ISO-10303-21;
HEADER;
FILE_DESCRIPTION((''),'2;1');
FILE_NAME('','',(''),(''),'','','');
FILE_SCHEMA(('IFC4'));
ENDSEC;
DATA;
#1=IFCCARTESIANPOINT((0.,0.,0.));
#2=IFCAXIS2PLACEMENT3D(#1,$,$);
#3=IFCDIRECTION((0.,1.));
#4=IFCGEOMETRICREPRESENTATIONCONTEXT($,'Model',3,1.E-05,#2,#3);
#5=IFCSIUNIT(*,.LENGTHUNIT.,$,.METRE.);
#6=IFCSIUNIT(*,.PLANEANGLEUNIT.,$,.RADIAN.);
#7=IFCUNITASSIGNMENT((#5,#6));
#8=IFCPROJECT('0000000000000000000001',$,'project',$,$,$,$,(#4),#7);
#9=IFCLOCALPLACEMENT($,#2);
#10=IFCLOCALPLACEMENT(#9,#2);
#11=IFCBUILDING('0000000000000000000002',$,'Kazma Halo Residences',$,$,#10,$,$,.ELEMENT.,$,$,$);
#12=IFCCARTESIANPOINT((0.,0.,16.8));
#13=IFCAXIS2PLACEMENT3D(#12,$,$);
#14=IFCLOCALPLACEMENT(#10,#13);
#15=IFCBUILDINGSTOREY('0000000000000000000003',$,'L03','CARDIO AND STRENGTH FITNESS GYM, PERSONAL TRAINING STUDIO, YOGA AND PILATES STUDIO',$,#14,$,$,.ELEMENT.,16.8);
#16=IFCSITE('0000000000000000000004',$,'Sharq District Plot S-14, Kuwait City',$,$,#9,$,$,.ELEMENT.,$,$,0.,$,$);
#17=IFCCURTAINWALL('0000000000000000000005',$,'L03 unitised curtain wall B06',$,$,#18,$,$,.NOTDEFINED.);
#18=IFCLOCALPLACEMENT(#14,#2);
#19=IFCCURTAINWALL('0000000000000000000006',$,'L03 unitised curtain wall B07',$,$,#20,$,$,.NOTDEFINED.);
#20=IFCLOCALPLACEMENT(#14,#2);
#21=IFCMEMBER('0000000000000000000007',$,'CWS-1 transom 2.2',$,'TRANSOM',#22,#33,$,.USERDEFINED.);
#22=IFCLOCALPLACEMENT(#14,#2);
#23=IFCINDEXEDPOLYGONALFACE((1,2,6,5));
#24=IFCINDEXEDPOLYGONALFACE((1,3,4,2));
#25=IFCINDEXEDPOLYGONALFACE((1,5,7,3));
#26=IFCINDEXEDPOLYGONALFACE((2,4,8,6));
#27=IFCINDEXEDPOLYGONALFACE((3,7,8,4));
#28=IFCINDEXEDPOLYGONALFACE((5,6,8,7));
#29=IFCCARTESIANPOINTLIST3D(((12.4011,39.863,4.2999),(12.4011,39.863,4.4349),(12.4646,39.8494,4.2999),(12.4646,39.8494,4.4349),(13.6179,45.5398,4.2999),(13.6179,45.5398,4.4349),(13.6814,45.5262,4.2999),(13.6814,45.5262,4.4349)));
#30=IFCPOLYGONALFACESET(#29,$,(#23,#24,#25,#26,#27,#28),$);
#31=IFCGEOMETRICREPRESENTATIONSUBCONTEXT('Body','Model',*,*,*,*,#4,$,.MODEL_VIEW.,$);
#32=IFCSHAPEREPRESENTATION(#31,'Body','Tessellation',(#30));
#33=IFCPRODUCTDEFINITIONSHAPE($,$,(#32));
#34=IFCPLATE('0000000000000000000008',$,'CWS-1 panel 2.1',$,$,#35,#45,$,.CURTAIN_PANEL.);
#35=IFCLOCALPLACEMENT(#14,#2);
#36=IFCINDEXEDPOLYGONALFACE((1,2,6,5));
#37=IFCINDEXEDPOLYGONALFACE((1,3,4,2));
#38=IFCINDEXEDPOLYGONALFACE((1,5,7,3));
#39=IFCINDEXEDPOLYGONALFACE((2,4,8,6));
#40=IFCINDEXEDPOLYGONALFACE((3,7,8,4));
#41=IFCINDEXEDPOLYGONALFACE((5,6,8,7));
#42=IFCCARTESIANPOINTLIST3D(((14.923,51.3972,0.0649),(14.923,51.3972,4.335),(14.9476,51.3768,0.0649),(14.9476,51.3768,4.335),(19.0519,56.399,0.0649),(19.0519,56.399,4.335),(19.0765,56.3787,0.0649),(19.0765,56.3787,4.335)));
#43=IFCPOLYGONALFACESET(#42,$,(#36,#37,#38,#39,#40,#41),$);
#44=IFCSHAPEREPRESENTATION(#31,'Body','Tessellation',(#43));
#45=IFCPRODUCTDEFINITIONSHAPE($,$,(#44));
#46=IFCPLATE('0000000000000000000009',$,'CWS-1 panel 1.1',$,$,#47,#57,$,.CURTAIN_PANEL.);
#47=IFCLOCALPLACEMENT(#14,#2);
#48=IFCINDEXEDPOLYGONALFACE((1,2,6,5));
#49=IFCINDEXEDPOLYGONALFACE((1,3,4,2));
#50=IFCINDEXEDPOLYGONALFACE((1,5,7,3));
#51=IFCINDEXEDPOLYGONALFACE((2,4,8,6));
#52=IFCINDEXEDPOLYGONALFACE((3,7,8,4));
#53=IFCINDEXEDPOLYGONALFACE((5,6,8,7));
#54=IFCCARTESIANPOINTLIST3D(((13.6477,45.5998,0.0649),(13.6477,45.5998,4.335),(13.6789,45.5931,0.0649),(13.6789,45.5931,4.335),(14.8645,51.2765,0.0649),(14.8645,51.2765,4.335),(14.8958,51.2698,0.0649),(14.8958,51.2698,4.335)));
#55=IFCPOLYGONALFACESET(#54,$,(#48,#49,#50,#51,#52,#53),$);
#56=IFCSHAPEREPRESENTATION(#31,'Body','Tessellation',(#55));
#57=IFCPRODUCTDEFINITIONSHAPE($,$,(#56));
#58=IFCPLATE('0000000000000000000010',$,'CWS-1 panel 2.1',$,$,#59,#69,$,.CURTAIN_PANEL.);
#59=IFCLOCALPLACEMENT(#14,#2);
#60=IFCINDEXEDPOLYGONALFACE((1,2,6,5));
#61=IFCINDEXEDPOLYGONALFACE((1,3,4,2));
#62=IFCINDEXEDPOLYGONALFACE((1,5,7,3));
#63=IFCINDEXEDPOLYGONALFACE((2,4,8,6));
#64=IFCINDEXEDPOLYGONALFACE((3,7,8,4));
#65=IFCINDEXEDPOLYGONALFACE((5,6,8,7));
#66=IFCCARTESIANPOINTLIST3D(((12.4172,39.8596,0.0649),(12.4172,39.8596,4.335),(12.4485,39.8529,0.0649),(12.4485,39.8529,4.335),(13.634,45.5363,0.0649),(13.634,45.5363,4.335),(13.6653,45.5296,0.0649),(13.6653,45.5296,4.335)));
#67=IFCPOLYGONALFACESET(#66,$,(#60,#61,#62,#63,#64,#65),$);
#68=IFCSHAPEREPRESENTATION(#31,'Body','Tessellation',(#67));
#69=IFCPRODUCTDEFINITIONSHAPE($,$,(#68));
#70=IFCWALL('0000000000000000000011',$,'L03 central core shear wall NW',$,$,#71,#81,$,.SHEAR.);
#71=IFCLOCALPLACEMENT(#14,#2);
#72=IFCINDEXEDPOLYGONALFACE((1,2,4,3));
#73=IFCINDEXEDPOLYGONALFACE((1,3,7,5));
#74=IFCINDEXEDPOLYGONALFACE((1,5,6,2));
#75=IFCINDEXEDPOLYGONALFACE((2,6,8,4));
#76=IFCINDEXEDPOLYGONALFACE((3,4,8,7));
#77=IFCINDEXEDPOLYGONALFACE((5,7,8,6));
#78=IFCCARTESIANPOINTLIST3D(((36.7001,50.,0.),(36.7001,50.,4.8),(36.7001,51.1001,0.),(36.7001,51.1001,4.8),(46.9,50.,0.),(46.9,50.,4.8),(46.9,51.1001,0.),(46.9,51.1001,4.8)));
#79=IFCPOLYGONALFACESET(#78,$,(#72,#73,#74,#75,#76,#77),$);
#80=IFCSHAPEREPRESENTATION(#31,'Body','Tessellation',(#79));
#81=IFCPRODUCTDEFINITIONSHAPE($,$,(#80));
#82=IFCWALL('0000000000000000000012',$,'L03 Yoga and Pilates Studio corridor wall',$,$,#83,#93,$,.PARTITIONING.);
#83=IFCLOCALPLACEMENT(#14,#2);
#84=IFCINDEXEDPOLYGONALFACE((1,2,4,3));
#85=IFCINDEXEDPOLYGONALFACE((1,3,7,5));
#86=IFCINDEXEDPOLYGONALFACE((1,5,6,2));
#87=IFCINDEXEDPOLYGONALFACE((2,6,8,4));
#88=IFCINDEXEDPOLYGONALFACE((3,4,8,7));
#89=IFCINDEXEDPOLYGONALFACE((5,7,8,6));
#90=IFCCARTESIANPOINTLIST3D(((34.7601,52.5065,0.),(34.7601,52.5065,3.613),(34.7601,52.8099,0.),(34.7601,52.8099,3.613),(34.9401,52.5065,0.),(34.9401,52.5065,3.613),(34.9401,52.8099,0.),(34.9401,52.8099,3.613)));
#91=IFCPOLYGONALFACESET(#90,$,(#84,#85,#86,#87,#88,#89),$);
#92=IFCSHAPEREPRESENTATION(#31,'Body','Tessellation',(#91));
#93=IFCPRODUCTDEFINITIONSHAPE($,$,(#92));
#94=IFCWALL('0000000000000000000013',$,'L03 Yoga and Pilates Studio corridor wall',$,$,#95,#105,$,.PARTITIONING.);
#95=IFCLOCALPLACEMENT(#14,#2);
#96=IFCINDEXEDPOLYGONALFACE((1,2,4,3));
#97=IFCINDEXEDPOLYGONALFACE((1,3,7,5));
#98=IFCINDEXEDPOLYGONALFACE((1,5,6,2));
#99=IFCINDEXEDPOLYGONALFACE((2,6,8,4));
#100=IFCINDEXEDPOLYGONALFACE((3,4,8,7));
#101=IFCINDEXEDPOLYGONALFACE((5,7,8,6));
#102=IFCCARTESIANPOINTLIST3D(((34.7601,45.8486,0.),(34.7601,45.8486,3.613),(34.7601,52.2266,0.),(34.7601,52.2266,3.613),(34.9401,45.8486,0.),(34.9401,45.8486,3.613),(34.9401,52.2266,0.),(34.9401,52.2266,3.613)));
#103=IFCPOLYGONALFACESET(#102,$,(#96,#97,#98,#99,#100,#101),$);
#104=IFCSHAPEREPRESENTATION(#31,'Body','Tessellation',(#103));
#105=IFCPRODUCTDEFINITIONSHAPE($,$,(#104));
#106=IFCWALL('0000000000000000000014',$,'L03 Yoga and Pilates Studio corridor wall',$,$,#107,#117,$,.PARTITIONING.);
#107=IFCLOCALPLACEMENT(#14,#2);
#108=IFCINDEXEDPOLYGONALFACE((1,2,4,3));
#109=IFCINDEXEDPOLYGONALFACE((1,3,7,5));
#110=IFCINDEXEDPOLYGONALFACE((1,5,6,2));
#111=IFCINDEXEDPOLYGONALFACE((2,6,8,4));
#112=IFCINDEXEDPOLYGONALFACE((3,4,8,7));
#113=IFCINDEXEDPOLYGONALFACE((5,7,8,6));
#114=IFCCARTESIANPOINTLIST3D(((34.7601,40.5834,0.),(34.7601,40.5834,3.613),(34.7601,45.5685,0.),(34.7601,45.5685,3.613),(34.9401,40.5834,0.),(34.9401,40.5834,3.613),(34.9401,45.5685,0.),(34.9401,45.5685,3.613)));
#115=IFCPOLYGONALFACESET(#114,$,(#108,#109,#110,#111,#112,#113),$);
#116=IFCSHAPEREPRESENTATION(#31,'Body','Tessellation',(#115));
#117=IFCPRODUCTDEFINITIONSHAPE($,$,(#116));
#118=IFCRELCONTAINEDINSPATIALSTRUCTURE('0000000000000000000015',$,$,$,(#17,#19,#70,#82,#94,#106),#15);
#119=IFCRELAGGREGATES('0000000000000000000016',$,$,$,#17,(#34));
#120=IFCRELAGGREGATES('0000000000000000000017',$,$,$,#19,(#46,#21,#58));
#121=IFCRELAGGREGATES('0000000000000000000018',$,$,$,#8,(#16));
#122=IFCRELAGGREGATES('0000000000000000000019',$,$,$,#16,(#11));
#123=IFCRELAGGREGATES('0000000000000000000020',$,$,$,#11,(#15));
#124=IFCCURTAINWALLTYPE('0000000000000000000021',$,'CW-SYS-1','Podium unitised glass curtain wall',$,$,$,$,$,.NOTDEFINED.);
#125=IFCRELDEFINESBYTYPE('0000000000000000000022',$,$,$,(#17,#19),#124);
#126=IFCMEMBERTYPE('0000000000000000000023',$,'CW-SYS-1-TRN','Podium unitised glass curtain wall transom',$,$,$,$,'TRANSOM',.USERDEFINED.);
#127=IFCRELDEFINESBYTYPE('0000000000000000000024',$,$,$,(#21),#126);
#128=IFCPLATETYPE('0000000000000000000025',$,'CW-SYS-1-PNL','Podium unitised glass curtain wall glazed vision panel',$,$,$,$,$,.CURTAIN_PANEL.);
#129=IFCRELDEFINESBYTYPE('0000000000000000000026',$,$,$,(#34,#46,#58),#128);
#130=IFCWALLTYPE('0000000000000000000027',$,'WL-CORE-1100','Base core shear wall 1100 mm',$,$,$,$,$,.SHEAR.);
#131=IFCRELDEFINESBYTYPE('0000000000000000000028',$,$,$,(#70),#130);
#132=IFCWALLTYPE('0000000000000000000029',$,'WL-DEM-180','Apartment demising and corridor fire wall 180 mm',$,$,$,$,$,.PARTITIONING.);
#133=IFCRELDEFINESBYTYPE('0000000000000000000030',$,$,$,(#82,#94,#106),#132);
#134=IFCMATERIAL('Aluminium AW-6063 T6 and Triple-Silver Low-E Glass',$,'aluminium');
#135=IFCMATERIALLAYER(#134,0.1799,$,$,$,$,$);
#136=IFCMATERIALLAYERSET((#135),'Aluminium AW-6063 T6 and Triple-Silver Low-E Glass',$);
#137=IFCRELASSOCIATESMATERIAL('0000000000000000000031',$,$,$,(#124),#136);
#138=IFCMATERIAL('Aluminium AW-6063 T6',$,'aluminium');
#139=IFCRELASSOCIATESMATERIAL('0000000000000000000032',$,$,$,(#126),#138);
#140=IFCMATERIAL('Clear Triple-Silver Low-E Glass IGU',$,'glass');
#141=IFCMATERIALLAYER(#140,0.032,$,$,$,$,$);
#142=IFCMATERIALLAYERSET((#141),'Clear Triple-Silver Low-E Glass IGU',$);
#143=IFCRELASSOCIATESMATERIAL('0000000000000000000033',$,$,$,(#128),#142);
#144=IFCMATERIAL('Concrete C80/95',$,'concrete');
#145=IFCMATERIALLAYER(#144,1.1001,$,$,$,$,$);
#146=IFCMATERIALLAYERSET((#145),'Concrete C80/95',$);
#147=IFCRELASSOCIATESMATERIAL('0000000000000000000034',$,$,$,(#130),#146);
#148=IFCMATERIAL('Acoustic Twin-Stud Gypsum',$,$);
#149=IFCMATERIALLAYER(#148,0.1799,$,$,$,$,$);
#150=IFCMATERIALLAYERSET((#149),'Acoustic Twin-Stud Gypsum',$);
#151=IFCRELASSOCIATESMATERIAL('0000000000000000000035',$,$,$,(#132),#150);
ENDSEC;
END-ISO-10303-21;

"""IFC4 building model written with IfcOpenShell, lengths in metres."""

from ifc_helpers import new_model, si_unit, direction, frame, frame_2d, origin, origin_2d, place, context, subcontext, project, spatial, rectangle, extrude, material, layer, layer_set, material_profile, profile_set, type_object, element, aggregate, save


model = new_model("IFC4")

# Units and contexts
model_context = context("Model", 3, precision=1e-05, world=origin(), true_north=direction((0.0, 1.0)))
body_context = subcontext(model_context, "Body", "Model", "MODEL_VIEW")
ifc_project = project(units=[si_unit("LENGTHUNIT", "METRE"), si_unit("PLANEANGLEUNIT", "RADIAN")], contexts=[model_context])

# Site, building, storey
site_placement = place(None, origin())
site = spatial("IfcSite", under=ifc_project, at=site_placement, Name="Sharq District Plot S-14, Kuwait City", CompositionType="ELEMENT", RefElevation=0.0)
building_placement = place(site_placement, origin())
building = spatial("IfcBuilding", under=site, at=building_placement, Name="Kazma Halo Residences", CompositionType="ELEMENT")
storey_placement = place(building_placement, frame((0.0, 0.0, 16.8)))
storey = spatial("IfcBuildingStorey", under=building, at=storey_placement, Name="L03", Description="CARDIO AND STRENGTH FITNESS GYM, PERSONAL TRAINING STUDIO, YOGA AND PILATES STUDIO", CompositionType="ELEMENT", Elevation=16.8)

# Shared definitions
ifc_material_1 = material(Name="Concrete C80/95", Category="concrete")

# Curtain wall
ifc_material_2 = material(Name="Aluminium AW-6063 T6 and Triple-Silver Low-E Glass", Category="aluminium")
ifc_layer_1 = layer(ifc_material_2, 0.1799)
ifc_layer_set_1 = layer_set([ifc_layer_1], Name="Aluminium AW-6063 T6 and Triple-Silver Low-E Glass")
curtain_wall_type = type_object("IfcCurtainWallType", Name="CW-SYS-1", Description="Podium unitised glass curtain wall", PredefinedType="NOTDEFINED", material=ifc_layer_set_1)
curtain_wall_1_placement = place(storey_placement, origin())
curtain_wall_1 = element("IfcCurtainWall", 1, at=curtain_wall_1_placement, inside=storey, type_object=curtain_wall_type, Name="L03 unitised curtain wall B06", PredefinedType="NOTDEFINED")
ifc_material_3 = material(Name="Aluminium AW-6063 T6", Category="aluminium")

# Curtain wall
curtain_wall_2_placement = place(storey_placement, origin())
curtain_wall_2 = element("IfcCurtainWall", 2, at=curtain_wall_2_placement, inside=storey, type_object=curtain_wall_type, Name="L03 unitised curtain wall B07", PredefinedType="NOTDEFINED")

# Member
ifc_material_profile_1 = material_profile(ifc_material_3, rectangle(XDim=0.0649, YDim=0.135, at=origin_2d()), Name="CWT-65x135")
ifc_profile_set_1 = profile_set([ifc_material_profile_1], Name="Aluminium AW-6063 T6")
member_type_1 = type_object("IfcMemberType", Name="CW-SYS-1-TRN", Description="Podium unitised glass curtain wall transom", ElementType="TRANSOM", PredefinedType="USERDEFINED", material=ifc_profile_set_1)
member_1_placement = place(storey_placement, frame((13.6497, 45.533, 4.3674), z_axis=(-0.209587, -0.97779, 0.0), x_axis=(0.97779, -0.209587, 0.0)))
member_1 = element("IfcMember", 3, at=member_1_placement, type_object=member_type_1, Name="CWS-1 transom 2.2", ObjectType="TRANSOM", PredefinedType="USERDEFINED", context=body_context, shape_type="SweptSolid", body=[
    extrude(rectangle(XDim=0.0649, YDim=0.135, at=origin_2d()), origin(), (0.0, 0.0, 1.0), 5.8057),
])

# Plates
ifc_material_4 = material(Name="Clear Triple-Silver Low-E Glass IGU", Category="glass")
ifc_layer_2 = layer(ifc_material_4, 0.032)
ifc_layer_set_2 = layer_set([ifc_layer_2], Name="Clear Triple-Silver Low-E Glass IGU")
plate_type = type_object("IfcPlateType", Name="CW-SYS-1-PNL", Description="Podium unitised glass curtain wall glazed vision panel", PredefinedType="CURTAIN_PANEL", material=ifc_layer_set_2)
plate_1_placement = place(storey_placement, frame((16.9998, 53.8879, 0.0649), z_axis=(0.0, 0.0, 1.0), x_axis=(-0.636603, -0.771192, 0.0)))
plate_1 = element("IfcPlate", 4, at=plate_1_placement, type_object=plate_type, Name="CWS-1 panel 2.1", PredefinedType="CURTAIN_PANEL", context=body_context, shape_type="SweptSolid", body=[
    extrude(rectangle(XDim=6.4858, YDim=0.032, at=origin_2d()), origin(), (0.0, 0.0, 1.0), 4.27),
])
aggregate(curtain_wall_1, [plate_1])
plate_2_placement = place(storey_placement, frame((14.2717, 48.4348, 0.0649), z_axis=(0.0, 0.0, 1.0), x_axis=(-0.209596, -0.977788, 0.0)))
plate_2 = element("IfcPlate", 5, at=plate_2_placement, type_object=plate_type, Name="CWS-1 panel 1.1", PredefinedType="CURTAIN_PANEL", context=body_context, shape_type="SweptSolid", body=[
    extrude(rectangle(XDim=5.8057, YDim=0.032, at=origin_2d()), origin(), (0.0, 0.0, 1.0), 4.27),
])
plate_3_placement = place(storey_placement, frame((13.0413, 42.6946, 0.0649), z_axis=(0.0, 0.0, 1.0), x_axis=(-0.209596, -0.977788, 0.0)))
plate_3 = element("IfcPlate", 6, at=plate_3_placement, type_object=plate_type, Name="CWS-1 panel 2.1", PredefinedType="CURTAIN_PANEL", context=body_context, shape_type="SweptSolid", body=[
    extrude(rectangle(XDim=5.8057, YDim=0.032, at=origin_2d()), origin(), (0.0, 0.0, 1.0), 4.27),
])
aggregate(curtain_wall_2, [plate_2, member_1, plate_3])

# Walls
ifc_layer_3 = layer(ifc_material_1, 1.1001)
ifc_layer_set_3 = layer_set([ifc_layer_3], Name="Concrete C80/95")
wall_type_1 = type_object("IfcWallType", Name="WL-CORE-1100", Description="Base core shear wall 1100 mm", PredefinedType="SHEAR", material=ifc_layer_set_3)
wall_1_placement = place(storey_placement, frame((36.7, 50.55, 0.0), z_axis=(0.0, 0.0, 1.0), x_axis=(1.0, 0.0, 0.0)))
element("IfcWall", 7, at=wall_1_placement, inside=storey, type_object=wall_type_1, Name="L03 central core shear wall NW", PredefinedType="SHEAR", context=body_context, shape_type="SweptSolid", body=[
    extrude(rectangle(XDim=10.2, YDim=1.1001, at=frame_2d((5.1001, 0.0))), origin(), (0.0, 0.0, 1.0), 4.8),
])
ifc_material_5 = material(Name="Acoustic Twin-Stud Gypsum")
ifc_layer_4 = layer(ifc_material_5, 0.1799)
ifc_layer_set_4 = layer_set([ifc_layer_4], Name="Acoustic Twin-Stud Gypsum")
wall_type_2 = type_object("IfcWallType", Name="WL-DEM-180", Description="Apartment demising and corridor fire wall 180 mm", PredefinedType="PARTITIONING", material=ifc_layer_set_4)
wall_2_placement = place(storey_placement, frame((34.8501, 52.8101, 0.0), z_axis=(0.0, 0.0, 1.0), x_axis=(0.0, -1.0, 0.0)))
element("IfcWall", 8, at=wall_2_placement, inside=storey, type_object=wall_type_2, Name="L03 Yoga and Pilates Studio corridor wall", PredefinedType="PARTITIONING", context=body_context, shape_type="SweptSolid", body=[
    extrude(rectangle(XDim=0.3035, YDim=0.1799, at=frame_2d((0.1519, 0.0))), origin(), (0.0, 0.0, 1.0), 3.613),
])
wall_3_placement = place(storey_placement, frame((34.8501, 52.2266, 0.0), z_axis=(0.0, 0.0, 1.0), x_axis=(0.0, -1.0, 0.0)))
element("IfcWall", 9, at=wall_3_placement, inside=storey, type_object=wall_type_2, Name="L03 Yoga and Pilates Studio corridor wall", PredefinedType="PARTITIONING", context=body_context, shape_type="SweptSolid", body=[
    extrude(rectangle(XDim=6.3779, YDim=0.1799, at=frame_2d((3.189, 0.0))), origin(), (0.0, 0.0, 1.0), 3.613),
])
wall_4_placement = place(storey_placement, frame((34.8501, 45.5686, 0.0), z_axis=(0.0, 0.0, 1.0), x_axis=(0.0, -1.0, 0.0)))
element("IfcWall", 10, at=wall_4_placement, inside=storey, type_object=wall_type_2, Name="L03 Yoga and Pilates Studio corridor wall", PredefinedType="PARTITIONING", context=body_context, shape_type="SweptSolid", body=[
    extrude(rectangle(XDim=4.9851, YDim=0.1799, at=frame_2d((2.4927, 0.0))), origin(), (0.0, 0.0, 1.0), 3.613),
])

save(model, "model.ifc")
